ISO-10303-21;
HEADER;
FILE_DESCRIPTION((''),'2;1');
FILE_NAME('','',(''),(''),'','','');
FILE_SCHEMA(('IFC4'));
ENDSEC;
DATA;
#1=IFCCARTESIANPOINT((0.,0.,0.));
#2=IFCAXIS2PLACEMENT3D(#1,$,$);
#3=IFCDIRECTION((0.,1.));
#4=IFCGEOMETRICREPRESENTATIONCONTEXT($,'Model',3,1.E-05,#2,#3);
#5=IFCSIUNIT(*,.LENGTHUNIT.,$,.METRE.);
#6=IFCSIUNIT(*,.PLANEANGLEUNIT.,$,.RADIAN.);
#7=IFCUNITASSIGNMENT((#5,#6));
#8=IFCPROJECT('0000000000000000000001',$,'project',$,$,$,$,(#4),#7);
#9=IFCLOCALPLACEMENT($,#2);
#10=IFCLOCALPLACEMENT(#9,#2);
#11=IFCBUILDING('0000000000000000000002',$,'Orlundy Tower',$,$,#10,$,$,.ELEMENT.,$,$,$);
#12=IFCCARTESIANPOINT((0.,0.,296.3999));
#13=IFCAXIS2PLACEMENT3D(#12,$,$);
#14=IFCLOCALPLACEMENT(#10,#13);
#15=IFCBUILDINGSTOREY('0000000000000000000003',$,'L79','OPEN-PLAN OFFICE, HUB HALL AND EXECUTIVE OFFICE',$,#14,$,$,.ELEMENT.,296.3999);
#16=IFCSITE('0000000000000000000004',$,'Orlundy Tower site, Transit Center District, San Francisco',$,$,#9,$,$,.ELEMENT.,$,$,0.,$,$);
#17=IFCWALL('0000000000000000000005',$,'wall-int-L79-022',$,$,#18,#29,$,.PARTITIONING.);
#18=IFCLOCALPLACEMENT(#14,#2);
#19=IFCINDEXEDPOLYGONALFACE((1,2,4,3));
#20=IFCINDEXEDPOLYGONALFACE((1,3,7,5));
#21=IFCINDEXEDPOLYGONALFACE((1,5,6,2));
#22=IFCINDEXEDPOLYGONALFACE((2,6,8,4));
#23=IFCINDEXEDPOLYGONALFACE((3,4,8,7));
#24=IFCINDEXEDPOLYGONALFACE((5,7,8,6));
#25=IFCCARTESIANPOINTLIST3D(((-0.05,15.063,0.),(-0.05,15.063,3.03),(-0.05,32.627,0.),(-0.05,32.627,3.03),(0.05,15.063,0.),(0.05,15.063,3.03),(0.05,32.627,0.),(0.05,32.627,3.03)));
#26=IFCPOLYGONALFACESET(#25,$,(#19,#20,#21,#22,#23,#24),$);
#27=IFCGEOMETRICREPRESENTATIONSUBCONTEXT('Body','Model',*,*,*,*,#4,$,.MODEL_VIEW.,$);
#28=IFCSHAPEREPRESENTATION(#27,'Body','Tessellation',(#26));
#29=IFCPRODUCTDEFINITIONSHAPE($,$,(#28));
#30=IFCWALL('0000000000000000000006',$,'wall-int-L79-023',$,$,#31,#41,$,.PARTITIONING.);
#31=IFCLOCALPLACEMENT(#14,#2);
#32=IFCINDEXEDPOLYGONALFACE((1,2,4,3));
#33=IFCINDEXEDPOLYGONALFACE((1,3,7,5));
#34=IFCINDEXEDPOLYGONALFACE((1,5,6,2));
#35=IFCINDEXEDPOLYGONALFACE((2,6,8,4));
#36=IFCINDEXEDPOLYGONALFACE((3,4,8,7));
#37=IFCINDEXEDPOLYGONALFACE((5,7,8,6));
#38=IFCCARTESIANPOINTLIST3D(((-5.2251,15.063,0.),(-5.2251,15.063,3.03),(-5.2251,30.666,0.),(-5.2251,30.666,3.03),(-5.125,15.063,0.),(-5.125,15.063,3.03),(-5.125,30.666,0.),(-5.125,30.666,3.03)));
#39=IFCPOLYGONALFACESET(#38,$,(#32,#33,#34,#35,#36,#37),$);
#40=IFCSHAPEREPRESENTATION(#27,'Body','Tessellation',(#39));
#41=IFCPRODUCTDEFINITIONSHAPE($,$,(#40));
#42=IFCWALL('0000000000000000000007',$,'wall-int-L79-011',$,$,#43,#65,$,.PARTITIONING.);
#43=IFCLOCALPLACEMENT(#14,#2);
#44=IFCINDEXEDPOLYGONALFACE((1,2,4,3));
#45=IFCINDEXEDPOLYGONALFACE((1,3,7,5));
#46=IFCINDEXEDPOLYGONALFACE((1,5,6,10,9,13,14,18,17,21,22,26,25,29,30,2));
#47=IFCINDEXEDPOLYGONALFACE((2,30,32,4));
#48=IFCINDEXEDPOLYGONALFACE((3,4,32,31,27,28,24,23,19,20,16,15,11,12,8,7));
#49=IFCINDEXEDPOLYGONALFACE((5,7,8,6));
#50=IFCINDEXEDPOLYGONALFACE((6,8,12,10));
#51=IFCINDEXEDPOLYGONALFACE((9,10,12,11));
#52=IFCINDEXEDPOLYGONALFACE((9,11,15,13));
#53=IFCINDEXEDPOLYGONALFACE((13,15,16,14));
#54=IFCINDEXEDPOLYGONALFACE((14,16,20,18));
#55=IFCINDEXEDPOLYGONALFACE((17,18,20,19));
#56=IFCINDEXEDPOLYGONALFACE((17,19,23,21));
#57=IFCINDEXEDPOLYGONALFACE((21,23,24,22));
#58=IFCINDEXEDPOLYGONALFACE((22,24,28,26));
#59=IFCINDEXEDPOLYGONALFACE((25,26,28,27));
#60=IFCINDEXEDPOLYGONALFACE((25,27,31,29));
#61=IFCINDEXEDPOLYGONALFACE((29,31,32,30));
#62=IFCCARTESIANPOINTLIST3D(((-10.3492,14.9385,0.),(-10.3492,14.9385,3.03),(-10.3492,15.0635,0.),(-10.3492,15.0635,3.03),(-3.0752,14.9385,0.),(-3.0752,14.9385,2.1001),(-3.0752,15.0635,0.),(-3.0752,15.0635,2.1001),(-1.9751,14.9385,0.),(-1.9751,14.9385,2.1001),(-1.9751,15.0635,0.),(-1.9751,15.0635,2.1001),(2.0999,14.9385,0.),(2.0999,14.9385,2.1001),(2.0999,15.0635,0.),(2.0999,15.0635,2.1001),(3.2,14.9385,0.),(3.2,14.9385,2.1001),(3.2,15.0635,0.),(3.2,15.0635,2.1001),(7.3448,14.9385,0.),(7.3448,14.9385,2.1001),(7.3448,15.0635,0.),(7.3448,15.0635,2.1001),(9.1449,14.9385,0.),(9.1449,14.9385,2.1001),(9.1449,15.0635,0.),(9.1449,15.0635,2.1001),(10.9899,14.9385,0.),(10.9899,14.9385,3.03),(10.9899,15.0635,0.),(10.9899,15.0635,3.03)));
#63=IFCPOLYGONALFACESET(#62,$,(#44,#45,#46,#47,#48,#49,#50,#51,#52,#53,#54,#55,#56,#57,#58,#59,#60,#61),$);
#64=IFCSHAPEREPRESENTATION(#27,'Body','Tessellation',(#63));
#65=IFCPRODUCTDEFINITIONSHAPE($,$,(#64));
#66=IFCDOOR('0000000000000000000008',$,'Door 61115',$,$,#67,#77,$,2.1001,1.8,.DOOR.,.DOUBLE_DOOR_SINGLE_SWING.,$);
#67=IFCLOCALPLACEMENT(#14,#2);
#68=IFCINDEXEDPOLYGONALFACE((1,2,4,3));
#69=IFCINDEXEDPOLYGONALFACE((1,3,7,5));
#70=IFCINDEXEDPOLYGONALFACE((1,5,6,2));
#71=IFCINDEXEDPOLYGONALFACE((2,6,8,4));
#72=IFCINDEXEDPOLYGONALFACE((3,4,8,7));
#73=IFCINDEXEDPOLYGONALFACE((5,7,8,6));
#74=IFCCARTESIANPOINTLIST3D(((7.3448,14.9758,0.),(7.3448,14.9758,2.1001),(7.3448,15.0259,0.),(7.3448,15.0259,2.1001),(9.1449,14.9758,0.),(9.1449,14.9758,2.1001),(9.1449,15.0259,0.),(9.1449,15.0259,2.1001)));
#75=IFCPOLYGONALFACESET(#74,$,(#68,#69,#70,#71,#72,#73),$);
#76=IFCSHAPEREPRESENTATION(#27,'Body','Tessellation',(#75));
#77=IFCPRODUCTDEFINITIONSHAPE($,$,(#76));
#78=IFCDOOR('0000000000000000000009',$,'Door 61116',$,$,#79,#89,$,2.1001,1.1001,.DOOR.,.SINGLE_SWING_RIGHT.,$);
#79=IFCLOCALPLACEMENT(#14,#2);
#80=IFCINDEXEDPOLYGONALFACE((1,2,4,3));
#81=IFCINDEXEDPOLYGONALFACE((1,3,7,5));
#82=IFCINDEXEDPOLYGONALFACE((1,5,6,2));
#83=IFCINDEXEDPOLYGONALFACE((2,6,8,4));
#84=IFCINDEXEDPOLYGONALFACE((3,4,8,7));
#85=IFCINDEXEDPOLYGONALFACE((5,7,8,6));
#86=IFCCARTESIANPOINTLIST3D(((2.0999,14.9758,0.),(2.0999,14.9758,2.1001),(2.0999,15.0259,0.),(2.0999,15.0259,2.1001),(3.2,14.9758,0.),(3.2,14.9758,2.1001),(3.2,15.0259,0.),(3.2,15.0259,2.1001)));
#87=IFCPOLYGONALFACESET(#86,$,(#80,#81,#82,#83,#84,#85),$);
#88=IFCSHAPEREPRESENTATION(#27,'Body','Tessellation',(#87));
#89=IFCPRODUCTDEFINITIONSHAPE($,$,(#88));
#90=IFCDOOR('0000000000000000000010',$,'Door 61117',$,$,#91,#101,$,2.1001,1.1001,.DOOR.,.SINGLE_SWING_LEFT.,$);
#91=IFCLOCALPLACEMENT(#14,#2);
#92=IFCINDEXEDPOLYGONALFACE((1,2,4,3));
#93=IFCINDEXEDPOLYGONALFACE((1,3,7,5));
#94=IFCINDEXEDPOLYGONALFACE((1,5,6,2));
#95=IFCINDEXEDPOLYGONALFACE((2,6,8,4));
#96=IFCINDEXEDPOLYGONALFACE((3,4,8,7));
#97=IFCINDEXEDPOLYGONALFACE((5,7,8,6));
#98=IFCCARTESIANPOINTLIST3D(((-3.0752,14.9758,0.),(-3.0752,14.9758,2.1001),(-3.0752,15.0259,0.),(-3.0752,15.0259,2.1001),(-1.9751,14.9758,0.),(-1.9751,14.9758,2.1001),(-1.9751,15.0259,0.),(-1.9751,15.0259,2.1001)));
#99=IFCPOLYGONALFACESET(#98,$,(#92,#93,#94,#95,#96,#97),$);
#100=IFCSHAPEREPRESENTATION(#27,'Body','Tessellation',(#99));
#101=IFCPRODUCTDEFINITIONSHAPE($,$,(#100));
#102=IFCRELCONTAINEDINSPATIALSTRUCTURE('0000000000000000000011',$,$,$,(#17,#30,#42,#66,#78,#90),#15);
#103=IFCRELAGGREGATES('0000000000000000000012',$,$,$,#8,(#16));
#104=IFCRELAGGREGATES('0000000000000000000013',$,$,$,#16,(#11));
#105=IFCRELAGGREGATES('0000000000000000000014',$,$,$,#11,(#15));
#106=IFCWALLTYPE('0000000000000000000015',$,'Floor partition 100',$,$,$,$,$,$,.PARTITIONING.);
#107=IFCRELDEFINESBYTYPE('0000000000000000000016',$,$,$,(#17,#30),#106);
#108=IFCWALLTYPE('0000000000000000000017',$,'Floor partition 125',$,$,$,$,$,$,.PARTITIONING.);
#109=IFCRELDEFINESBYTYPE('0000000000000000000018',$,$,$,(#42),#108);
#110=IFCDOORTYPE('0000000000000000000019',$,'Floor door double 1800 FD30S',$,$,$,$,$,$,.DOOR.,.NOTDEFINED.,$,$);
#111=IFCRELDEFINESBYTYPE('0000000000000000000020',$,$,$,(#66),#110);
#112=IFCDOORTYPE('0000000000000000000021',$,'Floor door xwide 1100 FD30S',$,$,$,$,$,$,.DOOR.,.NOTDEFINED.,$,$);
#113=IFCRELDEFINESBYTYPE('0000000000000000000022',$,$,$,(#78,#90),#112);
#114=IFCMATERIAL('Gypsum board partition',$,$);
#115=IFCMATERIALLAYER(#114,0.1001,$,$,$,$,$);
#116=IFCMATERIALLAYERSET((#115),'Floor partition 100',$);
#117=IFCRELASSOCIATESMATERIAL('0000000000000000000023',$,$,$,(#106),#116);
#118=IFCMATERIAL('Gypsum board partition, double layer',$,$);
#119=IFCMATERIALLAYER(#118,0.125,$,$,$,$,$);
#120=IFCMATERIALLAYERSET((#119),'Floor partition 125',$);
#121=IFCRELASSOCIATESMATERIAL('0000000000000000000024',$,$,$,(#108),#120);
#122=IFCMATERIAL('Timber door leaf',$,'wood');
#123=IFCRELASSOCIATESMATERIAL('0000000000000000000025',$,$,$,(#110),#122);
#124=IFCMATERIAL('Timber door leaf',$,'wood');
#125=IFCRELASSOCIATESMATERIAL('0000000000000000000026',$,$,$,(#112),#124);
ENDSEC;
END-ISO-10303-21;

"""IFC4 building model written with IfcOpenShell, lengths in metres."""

from ifc_helpers import new_model, si_unit, direction, frame, frame_2d, origin, place, context, subcontext, project, spatial, rectangle, extrude, material, layer, layer_set, type_object, element, fill, save


model = new_model("IFC4")

# Units and contexts
model_context = context("Model", 3, precision=1e-05, world=origin(), true_north=direction((0.0, 1.0)))
body_context = subcontext(model_context, "Body", "Model", "MODEL_VIEW")
ifc_project = project(units=[si_unit("LENGTHUNIT", "METRE"), si_unit("PLANEANGLEUNIT", "RADIAN")], contexts=[model_context])

# Site, building, storey
site_placement = place(None, origin())
site = spatial("IfcSite", under=ifc_project, at=site_placement, Name="Orlundy Tower site, Transit Center District, San Francisco", CompositionType="ELEMENT", RefElevation=0.0)
building_placement = place(site_placement, origin())
building = spatial("IfcBuilding", under=site, at=building_placement, Name="Orlundy Tower", CompositionType="ELEMENT")
storey_placement = place(building_placement, frame((0.0, 0.0, 296.3999)))
storey = spatial("IfcBuildingStorey", under=building, at=storey_placement, Name="L79", Description="OPEN-PLAN OFFICE, HUB HALL AND EXECUTIVE OFFICE", CompositionType="ELEMENT", Elevation=296.3999)

# Walls
ifc_material_1 = material(Name="Gypsum board partition")
ifc_layer_1 = layer(ifc_material_1, 0.1001)
ifc_layer_set_1 = layer_set([ifc_layer_1], Name="Floor partition 100")
wall_type_1 = type_object("IfcWallType", Name="Floor partition 100", PredefinedType="PARTITIONING", material=ifc_layer_set_1)
wall_1_placement = place(storey_placement, frame((0.0, 15.063, 0.0), z_axis=(0.0, 0.0, 1.0), x_axis=(0.0, 1.0, 0.0)))
element("IfcWall", 1, at=wall_1_placement, inside=storey, type_object=wall_type_1, Name="wall-int-L79-022", PredefinedType="PARTITIONING", context=body_context, shape_type="SweptSolid", body=[
    extrude(rectangle(XDim=17.564, YDim=0.1001, at=frame_2d((8.782, 0.0))), origin(), (0.0, 0.0, 1.0), 3.03),
])
wall_2_placement = place(storey_placement, frame((-5.175, 15.063, 0.0), z_axis=(0.0, 0.0, 1.0), x_axis=(0.0, 1.0, 0.0)))
element("IfcWall", 2, at=wall_2_placement, inside=storey, type_object=wall_type_1, Name="wall-int-L79-023", PredefinedType="PARTITIONING", context=body_context, shape_type="SweptSolid", body=[
    extrude(rectangle(XDim=15.603, YDim=0.1001, at=frame_2d((7.8015, 0.0))), origin(), (0.0, 0.0, 1.0), 3.03),
])

# Wall, openings, doors
ifc_material_2 = material(Name="Gypsum board partition, double layer")
ifc_layer_2 = layer(ifc_material_2, 0.125)
ifc_layer_set_2 = layer_set([ifc_layer_2], Name="Floor partition 125")
wall_type_2 = type_object("IfcWallType", Name="Floor partition 125", PredefinedType="PARTITIONING", material=ifc_layer_set_2)
wall_3_placement = place(storey_placement, frame((-10.3491, 15.001, 0.0), z_axis=(0.0, 0.0, 1.0), x_axis=(1.0, 0.0, 0.0)))
wall_3 = element("IfcWall", 3, at=wall_3_placement, inside=storey, type_object=wall_type_2, Name="wall-int-L79-011", PredefinedType="PARTITIONING", context=body_context, shape_type="SweptSolid", body=[
    extrude(rectangle(XDim=21.3391, YDim=0.125, at=frame_2d((10.6694, 0.0))), origin(), (0.0, 0.0, 1.0), 3.03),
])
opening_1_placement = place(wall_3_placement, frame((17.6941, 0.0, 0.0)))
opening_1 = element("IfcOpeningElement", 4, at=opening_1_placement, cuts=wall_3, PredefinedType="OPENING", context=body_context, shape_type="SweptSolid", body=[
    extrude(rectangle(XDim=1.8, YDim=2.1001, at=frame_2d((0.8999, 1.05))), frame((0.0, 0.0725, 0.0), z_axis=(0.0, -1.0, 0.0), x_axis=(1.0, 0.0, 0.0)), (0.0, 0.0, 1.0), 0.145),
])
opening_2_placement = place(wall_3_placement, frame((12.449, 0.0, 0.0)))
opening_2 = element("IfcOpeningElement", 5, at=opening_2_placement, cuts=wall_3, PredefinedType="OPENING", context=body_context, shape_type="SweptSolid", body=[
    extrude(rectangle(XDim=1.1001, YDim=2.1001, at=frame_2d((0.55, 1.05))), frame((0.0, 0.0725, 0.0), z_axis=(0.0, -1.0, 0.0), x_axis=(1.0, 0.0, 0.0)), (0.0, 0.0, 1.0), 0.145),
])
opening_3_placement = place(wall_3_placement, frame((7.2739, 0.0, 0.0)))
opening_3 = element("IfcOpeningElement", 6, at=opening_3_placement, cuts=wall_3, PredefinedType="OPENING", context=body_context, shape_type="SweptSolid", body=[
    extrude(rectangle(XDim=1.1001, YDim=2.1001, at=frame_2d((0.55, 1.05))), frame((0.0, 0.0725, 0.0), z_axis=(0.0, -1.0, 0.0), x_axis=(1.0, 0.0, 0.0)), (0.0, 0.0, 1.0), 0.145),
])
ifc_material_3 = material(Name="Timber door leaf", Category="wood")
door_type_1 = type_object("IfcDoorType", Name="Floor door double 1800 FD30S", OperationType="NOTDEFINED", PredefinedType="DOOR", material=ifc_material_3)
door_1_placement = place(opening_1_placement, origin())
door_1 = element("IfcDoor", 7, at=door_1_placement, inside=storey, type_object=door_type_1, Name="Door 61115", OperationType="DOUBLE_DOOR_SINGLE_SWING", OverallHeight=2.1001, OverallWidth=1.8, PredefinedType="DOOR", context=body_context, shape_type="SweptSolid", body=[
    extrude(rectangle(XDim=1.8, YDim=2.1001, at=frame_2d((0.8999, 1.05))), frame((0.0, 0.0249, 0.0), z_axis=(0.0, -1.0, 0.0), x_axis=(1.0, 0.0, 0.0)), (0.0, 0.0, 1.0), 0.05),
])
fill(opening_1, door_1)
ifc_material_4 = material(Name="Timber door leaf", Category="wood")
door_type_2 = type_object("IfcDoorType", Name="Floor door xwide 1100 FD30S", OperationType="NOTDEFINED", PredefinedType="DOOR", material=ifc_material_4)
door_2_placement = place(opening_2_placement, origin())
door_2 = element("IfcDoor", 8, at=door_2_placement, inside=storey, type_object=door_type_2, Name="Door 61116", OperationType="SINGLE_SWING_RIGHT", OverallHeight=2.1001, OverallWidth=1.1001, PredefinedType="DOOR", context=body_context, shape_type="SweptSolid", body=[
    extrude(rectangle(XDim=1.1001, YDim=2.1001, at=frame_2d((0.55, 1.05))), frame((0.0, 0.0249, 0.0), z_axis=(0.0, -1.0, 0.0), x_axis=(1.0, 0.0, 0.0)), (0.0, 0.0, 1.0), 0.05),
])
fill(opening_2, door_2)
door_3_placement = place(opening_3_placement, origin())
door_3 = element("IfcDoor", 9, at=door_3_placement, inside=storey, type_object=door_type_2, Name="Door 61117", OperationType="SINGLE_SWING_LEFT", OverallHeight=2.1001, OverallWidth=1.1001, PredefinedType="DOOR", context=body_context, shape_type="SweptSolid", body=[
    extrude(rectangle(XDim=1.1001, YDim=2.1001, at=frame_2d((0.55, 1.05))), frame((0.0, 0.0249, 0.0), z_axis=(0.0, -1.0, 0.0), x_axis=(1.0, 0.0, 0.0)), (0.0, 0.0, 1.0), 0.05),
])
fill(opening_3, door_3)

save(model, "model.ifc")
